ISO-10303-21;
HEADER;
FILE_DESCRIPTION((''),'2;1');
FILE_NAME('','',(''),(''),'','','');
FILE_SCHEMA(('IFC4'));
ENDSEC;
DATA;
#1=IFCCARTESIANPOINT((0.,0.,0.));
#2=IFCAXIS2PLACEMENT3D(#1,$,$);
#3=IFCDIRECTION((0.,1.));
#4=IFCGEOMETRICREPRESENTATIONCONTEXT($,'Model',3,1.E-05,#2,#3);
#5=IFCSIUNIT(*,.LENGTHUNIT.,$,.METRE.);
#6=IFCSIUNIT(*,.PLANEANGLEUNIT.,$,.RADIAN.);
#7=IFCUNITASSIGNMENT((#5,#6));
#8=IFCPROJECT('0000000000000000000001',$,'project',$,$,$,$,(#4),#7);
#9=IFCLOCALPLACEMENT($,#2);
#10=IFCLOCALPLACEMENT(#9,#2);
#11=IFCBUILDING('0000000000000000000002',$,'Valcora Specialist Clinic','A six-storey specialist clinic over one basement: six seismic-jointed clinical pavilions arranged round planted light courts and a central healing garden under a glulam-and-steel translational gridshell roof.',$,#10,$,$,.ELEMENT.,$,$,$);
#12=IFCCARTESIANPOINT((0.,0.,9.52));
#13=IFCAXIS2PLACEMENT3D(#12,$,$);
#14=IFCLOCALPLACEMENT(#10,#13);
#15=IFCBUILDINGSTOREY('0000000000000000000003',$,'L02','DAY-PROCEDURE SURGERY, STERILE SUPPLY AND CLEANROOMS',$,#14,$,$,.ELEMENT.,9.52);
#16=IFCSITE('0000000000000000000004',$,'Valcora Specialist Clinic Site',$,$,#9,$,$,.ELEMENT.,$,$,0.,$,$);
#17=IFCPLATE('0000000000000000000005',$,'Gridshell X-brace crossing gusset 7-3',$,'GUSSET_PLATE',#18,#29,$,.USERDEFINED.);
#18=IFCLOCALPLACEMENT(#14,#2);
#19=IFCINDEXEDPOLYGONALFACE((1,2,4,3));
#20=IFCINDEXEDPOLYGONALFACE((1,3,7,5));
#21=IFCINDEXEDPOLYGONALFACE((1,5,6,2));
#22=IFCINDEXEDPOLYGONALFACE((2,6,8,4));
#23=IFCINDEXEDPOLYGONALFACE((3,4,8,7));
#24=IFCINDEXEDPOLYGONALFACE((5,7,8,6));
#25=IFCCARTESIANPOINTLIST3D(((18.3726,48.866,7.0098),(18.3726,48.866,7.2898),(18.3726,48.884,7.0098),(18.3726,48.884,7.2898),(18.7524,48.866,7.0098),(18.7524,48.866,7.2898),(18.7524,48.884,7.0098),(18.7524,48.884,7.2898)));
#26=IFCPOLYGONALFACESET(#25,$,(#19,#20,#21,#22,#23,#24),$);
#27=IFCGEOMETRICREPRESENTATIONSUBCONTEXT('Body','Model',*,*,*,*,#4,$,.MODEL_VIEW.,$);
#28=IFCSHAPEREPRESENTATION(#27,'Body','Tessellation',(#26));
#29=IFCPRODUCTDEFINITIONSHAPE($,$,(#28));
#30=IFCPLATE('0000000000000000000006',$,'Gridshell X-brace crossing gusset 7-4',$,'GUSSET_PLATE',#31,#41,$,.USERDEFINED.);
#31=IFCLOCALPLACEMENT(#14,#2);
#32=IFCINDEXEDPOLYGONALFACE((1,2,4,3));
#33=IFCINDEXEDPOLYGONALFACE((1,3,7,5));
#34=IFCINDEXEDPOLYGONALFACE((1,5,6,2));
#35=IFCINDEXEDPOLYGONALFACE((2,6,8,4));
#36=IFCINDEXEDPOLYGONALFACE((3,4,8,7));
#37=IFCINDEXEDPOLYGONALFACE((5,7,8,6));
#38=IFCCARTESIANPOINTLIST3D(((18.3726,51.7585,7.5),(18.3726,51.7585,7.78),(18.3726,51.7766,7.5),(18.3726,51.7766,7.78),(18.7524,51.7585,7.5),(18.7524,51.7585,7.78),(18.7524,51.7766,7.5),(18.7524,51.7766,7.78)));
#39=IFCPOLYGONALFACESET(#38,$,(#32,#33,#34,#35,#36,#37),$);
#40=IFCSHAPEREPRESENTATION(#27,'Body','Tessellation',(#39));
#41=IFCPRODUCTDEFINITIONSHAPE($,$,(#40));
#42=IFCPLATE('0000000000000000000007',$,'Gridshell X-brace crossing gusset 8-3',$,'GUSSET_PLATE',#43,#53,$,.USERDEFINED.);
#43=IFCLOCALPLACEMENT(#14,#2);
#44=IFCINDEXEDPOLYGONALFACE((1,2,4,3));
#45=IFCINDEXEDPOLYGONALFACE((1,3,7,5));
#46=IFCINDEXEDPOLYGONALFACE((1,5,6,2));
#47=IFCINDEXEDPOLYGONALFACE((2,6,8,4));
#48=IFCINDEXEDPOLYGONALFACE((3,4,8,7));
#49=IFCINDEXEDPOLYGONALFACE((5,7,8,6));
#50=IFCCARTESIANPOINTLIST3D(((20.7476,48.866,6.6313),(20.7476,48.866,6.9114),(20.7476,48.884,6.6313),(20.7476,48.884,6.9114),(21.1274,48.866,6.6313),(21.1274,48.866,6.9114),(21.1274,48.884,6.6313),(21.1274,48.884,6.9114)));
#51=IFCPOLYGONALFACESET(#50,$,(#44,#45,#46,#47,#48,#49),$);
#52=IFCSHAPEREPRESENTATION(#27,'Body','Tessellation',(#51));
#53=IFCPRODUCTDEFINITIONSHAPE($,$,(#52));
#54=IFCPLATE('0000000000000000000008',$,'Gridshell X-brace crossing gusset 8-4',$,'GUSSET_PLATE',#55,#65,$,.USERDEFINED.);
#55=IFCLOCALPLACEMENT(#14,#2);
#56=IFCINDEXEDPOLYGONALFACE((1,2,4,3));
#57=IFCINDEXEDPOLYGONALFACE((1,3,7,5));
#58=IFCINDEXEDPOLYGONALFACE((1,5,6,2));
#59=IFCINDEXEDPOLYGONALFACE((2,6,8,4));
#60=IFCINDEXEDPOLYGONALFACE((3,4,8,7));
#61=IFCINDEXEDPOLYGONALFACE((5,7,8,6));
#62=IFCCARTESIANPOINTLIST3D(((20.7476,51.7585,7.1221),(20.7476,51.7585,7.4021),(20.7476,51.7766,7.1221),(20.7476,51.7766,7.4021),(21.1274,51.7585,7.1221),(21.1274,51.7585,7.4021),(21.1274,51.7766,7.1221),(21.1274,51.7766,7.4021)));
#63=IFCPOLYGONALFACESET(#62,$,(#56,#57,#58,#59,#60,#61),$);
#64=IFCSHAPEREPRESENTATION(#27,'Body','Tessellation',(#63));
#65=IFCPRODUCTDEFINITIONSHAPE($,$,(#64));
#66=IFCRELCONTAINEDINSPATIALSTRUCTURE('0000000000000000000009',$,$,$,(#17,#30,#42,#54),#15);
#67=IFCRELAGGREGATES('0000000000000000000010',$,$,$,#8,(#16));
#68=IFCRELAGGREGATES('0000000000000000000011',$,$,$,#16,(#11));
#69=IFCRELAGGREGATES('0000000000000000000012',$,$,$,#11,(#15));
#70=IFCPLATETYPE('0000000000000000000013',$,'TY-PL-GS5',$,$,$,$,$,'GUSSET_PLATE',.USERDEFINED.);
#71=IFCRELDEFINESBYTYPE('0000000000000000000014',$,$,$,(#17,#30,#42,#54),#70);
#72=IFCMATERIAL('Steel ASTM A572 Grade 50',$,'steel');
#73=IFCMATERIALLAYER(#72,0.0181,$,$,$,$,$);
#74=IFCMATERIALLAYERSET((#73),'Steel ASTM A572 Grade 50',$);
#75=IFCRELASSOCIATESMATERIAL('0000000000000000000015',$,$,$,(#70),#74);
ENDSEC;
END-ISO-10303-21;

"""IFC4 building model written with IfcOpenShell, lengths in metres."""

from ifc_helpers import new_model, si_unit, direction, frame, origin, origin_2d, place, context, subcontext, project, spatial, rectangle, extrude, material, layer, layer_set, type_object, element, save


model = new_model("IFC4")

# Units and contexts
model_context = context("Model", 3, precision=1e-05, world=origin(), true_north=direction((0.0, 1.0)))
body_context = subcontext(model_context, "Body", "Model", "MODEL_VIEW")
ifc_project = project(units=[si_unit("LENGTHUNIT", "METRE"), si_unit("PLANEANGLEUNIT", "RADIAN")], contexts=[model_context])

# Site, building, storey
site_placement = place(None, origin())
site = spatial("IfcSite", under=ifc_project, at=site_placement, Name="Valcora Specialist Clinic Site", CompositionType="ELEMENT", RefElevation=0.0)
building_placement = place(site_placement, origin())
building = spatial("IfcBuilding", under=site, at=building_placement, Name="Valcora Specialist Clinic", Description="A six-storey specialist clinic over one basement: six seismic-jointed clinical pavilions arranged round planted light courts and a central healing garden under a glulam-and-steel translational gridshell roof.", CompositionType="ELEMENT")
storey_placement = place(building_placement, frame((0.0, 0.0, 9.52)))
storey = spatial("IfcBuildingStorey", under=building, at=storey_placement, Name="L02", Description="DAY-PROCEDURE SURGERY, STERILE SUPPLY AND CLEANROOMS", CompositionType="ELEMENT", Elevation=9.52)

# Plates
ifc_material_1 = material(Name="Steel ASTM A572 Grade 50", Category="steel")
ifc_layer_1 = layer(ifc_material_1, 0.0181)
ifc_layer_set_1 = layer_set([ifc_layer_1], Name="Steel ASTM A572 Grade 50")
plate_type_1 = type_object("IfcPlateType", Name="TY-PL-GS5", ElementType="GUSSET_PLATE", PredefinedType="USERDEFINED", material=ifc_layer_set_1)
for number, where, z_axis, x_axis, name in (
    (1, (18.5625, 48.875, 7.0098), (0.0, 0.0, 1.0), (1.0, 0.0, 0.0), "Gridshell X-brace crossing gusset 7-3"),
    (2, (18.5625, 51.7676, 7.5), (0.0, 0.0, 1.0), (1.0, 0.0, 0.0), "Gridshell X-brace crossing gusset 7-4"),
    (3, (20.9375, 48.875, 6.6313), (0.0, 0.0, 1.0), (1.0, 0.0, 0.0), "Gridshell X-brace crossing gusset 8-3"),
    (4, (20.9375, 51.7676, 7.1221), (0.0, 0.0, 1.0), (1.0, 0.0, 0.0), "Gridshell X-brace crossing gusset 8-4"),
):
    element("IfcPlate", number, at=place(storey_placement, frame(where, z_axis=z_axis, x_axis=x_axis)), inside=storey, type_object=plate_type_1, Name=name, ObjectType="GUSSET_PLATE", PredefinedType="USERDEFINED", context=body_context, shape_type="SweptSolid", body=[
        extrude(rectangle(XDim=0.3799, YDim=0.0181, at=origin_2d()), origin(), (0.0, 0.0, 1.0), 0.28),
    ])

save(model, "model.ifc")
